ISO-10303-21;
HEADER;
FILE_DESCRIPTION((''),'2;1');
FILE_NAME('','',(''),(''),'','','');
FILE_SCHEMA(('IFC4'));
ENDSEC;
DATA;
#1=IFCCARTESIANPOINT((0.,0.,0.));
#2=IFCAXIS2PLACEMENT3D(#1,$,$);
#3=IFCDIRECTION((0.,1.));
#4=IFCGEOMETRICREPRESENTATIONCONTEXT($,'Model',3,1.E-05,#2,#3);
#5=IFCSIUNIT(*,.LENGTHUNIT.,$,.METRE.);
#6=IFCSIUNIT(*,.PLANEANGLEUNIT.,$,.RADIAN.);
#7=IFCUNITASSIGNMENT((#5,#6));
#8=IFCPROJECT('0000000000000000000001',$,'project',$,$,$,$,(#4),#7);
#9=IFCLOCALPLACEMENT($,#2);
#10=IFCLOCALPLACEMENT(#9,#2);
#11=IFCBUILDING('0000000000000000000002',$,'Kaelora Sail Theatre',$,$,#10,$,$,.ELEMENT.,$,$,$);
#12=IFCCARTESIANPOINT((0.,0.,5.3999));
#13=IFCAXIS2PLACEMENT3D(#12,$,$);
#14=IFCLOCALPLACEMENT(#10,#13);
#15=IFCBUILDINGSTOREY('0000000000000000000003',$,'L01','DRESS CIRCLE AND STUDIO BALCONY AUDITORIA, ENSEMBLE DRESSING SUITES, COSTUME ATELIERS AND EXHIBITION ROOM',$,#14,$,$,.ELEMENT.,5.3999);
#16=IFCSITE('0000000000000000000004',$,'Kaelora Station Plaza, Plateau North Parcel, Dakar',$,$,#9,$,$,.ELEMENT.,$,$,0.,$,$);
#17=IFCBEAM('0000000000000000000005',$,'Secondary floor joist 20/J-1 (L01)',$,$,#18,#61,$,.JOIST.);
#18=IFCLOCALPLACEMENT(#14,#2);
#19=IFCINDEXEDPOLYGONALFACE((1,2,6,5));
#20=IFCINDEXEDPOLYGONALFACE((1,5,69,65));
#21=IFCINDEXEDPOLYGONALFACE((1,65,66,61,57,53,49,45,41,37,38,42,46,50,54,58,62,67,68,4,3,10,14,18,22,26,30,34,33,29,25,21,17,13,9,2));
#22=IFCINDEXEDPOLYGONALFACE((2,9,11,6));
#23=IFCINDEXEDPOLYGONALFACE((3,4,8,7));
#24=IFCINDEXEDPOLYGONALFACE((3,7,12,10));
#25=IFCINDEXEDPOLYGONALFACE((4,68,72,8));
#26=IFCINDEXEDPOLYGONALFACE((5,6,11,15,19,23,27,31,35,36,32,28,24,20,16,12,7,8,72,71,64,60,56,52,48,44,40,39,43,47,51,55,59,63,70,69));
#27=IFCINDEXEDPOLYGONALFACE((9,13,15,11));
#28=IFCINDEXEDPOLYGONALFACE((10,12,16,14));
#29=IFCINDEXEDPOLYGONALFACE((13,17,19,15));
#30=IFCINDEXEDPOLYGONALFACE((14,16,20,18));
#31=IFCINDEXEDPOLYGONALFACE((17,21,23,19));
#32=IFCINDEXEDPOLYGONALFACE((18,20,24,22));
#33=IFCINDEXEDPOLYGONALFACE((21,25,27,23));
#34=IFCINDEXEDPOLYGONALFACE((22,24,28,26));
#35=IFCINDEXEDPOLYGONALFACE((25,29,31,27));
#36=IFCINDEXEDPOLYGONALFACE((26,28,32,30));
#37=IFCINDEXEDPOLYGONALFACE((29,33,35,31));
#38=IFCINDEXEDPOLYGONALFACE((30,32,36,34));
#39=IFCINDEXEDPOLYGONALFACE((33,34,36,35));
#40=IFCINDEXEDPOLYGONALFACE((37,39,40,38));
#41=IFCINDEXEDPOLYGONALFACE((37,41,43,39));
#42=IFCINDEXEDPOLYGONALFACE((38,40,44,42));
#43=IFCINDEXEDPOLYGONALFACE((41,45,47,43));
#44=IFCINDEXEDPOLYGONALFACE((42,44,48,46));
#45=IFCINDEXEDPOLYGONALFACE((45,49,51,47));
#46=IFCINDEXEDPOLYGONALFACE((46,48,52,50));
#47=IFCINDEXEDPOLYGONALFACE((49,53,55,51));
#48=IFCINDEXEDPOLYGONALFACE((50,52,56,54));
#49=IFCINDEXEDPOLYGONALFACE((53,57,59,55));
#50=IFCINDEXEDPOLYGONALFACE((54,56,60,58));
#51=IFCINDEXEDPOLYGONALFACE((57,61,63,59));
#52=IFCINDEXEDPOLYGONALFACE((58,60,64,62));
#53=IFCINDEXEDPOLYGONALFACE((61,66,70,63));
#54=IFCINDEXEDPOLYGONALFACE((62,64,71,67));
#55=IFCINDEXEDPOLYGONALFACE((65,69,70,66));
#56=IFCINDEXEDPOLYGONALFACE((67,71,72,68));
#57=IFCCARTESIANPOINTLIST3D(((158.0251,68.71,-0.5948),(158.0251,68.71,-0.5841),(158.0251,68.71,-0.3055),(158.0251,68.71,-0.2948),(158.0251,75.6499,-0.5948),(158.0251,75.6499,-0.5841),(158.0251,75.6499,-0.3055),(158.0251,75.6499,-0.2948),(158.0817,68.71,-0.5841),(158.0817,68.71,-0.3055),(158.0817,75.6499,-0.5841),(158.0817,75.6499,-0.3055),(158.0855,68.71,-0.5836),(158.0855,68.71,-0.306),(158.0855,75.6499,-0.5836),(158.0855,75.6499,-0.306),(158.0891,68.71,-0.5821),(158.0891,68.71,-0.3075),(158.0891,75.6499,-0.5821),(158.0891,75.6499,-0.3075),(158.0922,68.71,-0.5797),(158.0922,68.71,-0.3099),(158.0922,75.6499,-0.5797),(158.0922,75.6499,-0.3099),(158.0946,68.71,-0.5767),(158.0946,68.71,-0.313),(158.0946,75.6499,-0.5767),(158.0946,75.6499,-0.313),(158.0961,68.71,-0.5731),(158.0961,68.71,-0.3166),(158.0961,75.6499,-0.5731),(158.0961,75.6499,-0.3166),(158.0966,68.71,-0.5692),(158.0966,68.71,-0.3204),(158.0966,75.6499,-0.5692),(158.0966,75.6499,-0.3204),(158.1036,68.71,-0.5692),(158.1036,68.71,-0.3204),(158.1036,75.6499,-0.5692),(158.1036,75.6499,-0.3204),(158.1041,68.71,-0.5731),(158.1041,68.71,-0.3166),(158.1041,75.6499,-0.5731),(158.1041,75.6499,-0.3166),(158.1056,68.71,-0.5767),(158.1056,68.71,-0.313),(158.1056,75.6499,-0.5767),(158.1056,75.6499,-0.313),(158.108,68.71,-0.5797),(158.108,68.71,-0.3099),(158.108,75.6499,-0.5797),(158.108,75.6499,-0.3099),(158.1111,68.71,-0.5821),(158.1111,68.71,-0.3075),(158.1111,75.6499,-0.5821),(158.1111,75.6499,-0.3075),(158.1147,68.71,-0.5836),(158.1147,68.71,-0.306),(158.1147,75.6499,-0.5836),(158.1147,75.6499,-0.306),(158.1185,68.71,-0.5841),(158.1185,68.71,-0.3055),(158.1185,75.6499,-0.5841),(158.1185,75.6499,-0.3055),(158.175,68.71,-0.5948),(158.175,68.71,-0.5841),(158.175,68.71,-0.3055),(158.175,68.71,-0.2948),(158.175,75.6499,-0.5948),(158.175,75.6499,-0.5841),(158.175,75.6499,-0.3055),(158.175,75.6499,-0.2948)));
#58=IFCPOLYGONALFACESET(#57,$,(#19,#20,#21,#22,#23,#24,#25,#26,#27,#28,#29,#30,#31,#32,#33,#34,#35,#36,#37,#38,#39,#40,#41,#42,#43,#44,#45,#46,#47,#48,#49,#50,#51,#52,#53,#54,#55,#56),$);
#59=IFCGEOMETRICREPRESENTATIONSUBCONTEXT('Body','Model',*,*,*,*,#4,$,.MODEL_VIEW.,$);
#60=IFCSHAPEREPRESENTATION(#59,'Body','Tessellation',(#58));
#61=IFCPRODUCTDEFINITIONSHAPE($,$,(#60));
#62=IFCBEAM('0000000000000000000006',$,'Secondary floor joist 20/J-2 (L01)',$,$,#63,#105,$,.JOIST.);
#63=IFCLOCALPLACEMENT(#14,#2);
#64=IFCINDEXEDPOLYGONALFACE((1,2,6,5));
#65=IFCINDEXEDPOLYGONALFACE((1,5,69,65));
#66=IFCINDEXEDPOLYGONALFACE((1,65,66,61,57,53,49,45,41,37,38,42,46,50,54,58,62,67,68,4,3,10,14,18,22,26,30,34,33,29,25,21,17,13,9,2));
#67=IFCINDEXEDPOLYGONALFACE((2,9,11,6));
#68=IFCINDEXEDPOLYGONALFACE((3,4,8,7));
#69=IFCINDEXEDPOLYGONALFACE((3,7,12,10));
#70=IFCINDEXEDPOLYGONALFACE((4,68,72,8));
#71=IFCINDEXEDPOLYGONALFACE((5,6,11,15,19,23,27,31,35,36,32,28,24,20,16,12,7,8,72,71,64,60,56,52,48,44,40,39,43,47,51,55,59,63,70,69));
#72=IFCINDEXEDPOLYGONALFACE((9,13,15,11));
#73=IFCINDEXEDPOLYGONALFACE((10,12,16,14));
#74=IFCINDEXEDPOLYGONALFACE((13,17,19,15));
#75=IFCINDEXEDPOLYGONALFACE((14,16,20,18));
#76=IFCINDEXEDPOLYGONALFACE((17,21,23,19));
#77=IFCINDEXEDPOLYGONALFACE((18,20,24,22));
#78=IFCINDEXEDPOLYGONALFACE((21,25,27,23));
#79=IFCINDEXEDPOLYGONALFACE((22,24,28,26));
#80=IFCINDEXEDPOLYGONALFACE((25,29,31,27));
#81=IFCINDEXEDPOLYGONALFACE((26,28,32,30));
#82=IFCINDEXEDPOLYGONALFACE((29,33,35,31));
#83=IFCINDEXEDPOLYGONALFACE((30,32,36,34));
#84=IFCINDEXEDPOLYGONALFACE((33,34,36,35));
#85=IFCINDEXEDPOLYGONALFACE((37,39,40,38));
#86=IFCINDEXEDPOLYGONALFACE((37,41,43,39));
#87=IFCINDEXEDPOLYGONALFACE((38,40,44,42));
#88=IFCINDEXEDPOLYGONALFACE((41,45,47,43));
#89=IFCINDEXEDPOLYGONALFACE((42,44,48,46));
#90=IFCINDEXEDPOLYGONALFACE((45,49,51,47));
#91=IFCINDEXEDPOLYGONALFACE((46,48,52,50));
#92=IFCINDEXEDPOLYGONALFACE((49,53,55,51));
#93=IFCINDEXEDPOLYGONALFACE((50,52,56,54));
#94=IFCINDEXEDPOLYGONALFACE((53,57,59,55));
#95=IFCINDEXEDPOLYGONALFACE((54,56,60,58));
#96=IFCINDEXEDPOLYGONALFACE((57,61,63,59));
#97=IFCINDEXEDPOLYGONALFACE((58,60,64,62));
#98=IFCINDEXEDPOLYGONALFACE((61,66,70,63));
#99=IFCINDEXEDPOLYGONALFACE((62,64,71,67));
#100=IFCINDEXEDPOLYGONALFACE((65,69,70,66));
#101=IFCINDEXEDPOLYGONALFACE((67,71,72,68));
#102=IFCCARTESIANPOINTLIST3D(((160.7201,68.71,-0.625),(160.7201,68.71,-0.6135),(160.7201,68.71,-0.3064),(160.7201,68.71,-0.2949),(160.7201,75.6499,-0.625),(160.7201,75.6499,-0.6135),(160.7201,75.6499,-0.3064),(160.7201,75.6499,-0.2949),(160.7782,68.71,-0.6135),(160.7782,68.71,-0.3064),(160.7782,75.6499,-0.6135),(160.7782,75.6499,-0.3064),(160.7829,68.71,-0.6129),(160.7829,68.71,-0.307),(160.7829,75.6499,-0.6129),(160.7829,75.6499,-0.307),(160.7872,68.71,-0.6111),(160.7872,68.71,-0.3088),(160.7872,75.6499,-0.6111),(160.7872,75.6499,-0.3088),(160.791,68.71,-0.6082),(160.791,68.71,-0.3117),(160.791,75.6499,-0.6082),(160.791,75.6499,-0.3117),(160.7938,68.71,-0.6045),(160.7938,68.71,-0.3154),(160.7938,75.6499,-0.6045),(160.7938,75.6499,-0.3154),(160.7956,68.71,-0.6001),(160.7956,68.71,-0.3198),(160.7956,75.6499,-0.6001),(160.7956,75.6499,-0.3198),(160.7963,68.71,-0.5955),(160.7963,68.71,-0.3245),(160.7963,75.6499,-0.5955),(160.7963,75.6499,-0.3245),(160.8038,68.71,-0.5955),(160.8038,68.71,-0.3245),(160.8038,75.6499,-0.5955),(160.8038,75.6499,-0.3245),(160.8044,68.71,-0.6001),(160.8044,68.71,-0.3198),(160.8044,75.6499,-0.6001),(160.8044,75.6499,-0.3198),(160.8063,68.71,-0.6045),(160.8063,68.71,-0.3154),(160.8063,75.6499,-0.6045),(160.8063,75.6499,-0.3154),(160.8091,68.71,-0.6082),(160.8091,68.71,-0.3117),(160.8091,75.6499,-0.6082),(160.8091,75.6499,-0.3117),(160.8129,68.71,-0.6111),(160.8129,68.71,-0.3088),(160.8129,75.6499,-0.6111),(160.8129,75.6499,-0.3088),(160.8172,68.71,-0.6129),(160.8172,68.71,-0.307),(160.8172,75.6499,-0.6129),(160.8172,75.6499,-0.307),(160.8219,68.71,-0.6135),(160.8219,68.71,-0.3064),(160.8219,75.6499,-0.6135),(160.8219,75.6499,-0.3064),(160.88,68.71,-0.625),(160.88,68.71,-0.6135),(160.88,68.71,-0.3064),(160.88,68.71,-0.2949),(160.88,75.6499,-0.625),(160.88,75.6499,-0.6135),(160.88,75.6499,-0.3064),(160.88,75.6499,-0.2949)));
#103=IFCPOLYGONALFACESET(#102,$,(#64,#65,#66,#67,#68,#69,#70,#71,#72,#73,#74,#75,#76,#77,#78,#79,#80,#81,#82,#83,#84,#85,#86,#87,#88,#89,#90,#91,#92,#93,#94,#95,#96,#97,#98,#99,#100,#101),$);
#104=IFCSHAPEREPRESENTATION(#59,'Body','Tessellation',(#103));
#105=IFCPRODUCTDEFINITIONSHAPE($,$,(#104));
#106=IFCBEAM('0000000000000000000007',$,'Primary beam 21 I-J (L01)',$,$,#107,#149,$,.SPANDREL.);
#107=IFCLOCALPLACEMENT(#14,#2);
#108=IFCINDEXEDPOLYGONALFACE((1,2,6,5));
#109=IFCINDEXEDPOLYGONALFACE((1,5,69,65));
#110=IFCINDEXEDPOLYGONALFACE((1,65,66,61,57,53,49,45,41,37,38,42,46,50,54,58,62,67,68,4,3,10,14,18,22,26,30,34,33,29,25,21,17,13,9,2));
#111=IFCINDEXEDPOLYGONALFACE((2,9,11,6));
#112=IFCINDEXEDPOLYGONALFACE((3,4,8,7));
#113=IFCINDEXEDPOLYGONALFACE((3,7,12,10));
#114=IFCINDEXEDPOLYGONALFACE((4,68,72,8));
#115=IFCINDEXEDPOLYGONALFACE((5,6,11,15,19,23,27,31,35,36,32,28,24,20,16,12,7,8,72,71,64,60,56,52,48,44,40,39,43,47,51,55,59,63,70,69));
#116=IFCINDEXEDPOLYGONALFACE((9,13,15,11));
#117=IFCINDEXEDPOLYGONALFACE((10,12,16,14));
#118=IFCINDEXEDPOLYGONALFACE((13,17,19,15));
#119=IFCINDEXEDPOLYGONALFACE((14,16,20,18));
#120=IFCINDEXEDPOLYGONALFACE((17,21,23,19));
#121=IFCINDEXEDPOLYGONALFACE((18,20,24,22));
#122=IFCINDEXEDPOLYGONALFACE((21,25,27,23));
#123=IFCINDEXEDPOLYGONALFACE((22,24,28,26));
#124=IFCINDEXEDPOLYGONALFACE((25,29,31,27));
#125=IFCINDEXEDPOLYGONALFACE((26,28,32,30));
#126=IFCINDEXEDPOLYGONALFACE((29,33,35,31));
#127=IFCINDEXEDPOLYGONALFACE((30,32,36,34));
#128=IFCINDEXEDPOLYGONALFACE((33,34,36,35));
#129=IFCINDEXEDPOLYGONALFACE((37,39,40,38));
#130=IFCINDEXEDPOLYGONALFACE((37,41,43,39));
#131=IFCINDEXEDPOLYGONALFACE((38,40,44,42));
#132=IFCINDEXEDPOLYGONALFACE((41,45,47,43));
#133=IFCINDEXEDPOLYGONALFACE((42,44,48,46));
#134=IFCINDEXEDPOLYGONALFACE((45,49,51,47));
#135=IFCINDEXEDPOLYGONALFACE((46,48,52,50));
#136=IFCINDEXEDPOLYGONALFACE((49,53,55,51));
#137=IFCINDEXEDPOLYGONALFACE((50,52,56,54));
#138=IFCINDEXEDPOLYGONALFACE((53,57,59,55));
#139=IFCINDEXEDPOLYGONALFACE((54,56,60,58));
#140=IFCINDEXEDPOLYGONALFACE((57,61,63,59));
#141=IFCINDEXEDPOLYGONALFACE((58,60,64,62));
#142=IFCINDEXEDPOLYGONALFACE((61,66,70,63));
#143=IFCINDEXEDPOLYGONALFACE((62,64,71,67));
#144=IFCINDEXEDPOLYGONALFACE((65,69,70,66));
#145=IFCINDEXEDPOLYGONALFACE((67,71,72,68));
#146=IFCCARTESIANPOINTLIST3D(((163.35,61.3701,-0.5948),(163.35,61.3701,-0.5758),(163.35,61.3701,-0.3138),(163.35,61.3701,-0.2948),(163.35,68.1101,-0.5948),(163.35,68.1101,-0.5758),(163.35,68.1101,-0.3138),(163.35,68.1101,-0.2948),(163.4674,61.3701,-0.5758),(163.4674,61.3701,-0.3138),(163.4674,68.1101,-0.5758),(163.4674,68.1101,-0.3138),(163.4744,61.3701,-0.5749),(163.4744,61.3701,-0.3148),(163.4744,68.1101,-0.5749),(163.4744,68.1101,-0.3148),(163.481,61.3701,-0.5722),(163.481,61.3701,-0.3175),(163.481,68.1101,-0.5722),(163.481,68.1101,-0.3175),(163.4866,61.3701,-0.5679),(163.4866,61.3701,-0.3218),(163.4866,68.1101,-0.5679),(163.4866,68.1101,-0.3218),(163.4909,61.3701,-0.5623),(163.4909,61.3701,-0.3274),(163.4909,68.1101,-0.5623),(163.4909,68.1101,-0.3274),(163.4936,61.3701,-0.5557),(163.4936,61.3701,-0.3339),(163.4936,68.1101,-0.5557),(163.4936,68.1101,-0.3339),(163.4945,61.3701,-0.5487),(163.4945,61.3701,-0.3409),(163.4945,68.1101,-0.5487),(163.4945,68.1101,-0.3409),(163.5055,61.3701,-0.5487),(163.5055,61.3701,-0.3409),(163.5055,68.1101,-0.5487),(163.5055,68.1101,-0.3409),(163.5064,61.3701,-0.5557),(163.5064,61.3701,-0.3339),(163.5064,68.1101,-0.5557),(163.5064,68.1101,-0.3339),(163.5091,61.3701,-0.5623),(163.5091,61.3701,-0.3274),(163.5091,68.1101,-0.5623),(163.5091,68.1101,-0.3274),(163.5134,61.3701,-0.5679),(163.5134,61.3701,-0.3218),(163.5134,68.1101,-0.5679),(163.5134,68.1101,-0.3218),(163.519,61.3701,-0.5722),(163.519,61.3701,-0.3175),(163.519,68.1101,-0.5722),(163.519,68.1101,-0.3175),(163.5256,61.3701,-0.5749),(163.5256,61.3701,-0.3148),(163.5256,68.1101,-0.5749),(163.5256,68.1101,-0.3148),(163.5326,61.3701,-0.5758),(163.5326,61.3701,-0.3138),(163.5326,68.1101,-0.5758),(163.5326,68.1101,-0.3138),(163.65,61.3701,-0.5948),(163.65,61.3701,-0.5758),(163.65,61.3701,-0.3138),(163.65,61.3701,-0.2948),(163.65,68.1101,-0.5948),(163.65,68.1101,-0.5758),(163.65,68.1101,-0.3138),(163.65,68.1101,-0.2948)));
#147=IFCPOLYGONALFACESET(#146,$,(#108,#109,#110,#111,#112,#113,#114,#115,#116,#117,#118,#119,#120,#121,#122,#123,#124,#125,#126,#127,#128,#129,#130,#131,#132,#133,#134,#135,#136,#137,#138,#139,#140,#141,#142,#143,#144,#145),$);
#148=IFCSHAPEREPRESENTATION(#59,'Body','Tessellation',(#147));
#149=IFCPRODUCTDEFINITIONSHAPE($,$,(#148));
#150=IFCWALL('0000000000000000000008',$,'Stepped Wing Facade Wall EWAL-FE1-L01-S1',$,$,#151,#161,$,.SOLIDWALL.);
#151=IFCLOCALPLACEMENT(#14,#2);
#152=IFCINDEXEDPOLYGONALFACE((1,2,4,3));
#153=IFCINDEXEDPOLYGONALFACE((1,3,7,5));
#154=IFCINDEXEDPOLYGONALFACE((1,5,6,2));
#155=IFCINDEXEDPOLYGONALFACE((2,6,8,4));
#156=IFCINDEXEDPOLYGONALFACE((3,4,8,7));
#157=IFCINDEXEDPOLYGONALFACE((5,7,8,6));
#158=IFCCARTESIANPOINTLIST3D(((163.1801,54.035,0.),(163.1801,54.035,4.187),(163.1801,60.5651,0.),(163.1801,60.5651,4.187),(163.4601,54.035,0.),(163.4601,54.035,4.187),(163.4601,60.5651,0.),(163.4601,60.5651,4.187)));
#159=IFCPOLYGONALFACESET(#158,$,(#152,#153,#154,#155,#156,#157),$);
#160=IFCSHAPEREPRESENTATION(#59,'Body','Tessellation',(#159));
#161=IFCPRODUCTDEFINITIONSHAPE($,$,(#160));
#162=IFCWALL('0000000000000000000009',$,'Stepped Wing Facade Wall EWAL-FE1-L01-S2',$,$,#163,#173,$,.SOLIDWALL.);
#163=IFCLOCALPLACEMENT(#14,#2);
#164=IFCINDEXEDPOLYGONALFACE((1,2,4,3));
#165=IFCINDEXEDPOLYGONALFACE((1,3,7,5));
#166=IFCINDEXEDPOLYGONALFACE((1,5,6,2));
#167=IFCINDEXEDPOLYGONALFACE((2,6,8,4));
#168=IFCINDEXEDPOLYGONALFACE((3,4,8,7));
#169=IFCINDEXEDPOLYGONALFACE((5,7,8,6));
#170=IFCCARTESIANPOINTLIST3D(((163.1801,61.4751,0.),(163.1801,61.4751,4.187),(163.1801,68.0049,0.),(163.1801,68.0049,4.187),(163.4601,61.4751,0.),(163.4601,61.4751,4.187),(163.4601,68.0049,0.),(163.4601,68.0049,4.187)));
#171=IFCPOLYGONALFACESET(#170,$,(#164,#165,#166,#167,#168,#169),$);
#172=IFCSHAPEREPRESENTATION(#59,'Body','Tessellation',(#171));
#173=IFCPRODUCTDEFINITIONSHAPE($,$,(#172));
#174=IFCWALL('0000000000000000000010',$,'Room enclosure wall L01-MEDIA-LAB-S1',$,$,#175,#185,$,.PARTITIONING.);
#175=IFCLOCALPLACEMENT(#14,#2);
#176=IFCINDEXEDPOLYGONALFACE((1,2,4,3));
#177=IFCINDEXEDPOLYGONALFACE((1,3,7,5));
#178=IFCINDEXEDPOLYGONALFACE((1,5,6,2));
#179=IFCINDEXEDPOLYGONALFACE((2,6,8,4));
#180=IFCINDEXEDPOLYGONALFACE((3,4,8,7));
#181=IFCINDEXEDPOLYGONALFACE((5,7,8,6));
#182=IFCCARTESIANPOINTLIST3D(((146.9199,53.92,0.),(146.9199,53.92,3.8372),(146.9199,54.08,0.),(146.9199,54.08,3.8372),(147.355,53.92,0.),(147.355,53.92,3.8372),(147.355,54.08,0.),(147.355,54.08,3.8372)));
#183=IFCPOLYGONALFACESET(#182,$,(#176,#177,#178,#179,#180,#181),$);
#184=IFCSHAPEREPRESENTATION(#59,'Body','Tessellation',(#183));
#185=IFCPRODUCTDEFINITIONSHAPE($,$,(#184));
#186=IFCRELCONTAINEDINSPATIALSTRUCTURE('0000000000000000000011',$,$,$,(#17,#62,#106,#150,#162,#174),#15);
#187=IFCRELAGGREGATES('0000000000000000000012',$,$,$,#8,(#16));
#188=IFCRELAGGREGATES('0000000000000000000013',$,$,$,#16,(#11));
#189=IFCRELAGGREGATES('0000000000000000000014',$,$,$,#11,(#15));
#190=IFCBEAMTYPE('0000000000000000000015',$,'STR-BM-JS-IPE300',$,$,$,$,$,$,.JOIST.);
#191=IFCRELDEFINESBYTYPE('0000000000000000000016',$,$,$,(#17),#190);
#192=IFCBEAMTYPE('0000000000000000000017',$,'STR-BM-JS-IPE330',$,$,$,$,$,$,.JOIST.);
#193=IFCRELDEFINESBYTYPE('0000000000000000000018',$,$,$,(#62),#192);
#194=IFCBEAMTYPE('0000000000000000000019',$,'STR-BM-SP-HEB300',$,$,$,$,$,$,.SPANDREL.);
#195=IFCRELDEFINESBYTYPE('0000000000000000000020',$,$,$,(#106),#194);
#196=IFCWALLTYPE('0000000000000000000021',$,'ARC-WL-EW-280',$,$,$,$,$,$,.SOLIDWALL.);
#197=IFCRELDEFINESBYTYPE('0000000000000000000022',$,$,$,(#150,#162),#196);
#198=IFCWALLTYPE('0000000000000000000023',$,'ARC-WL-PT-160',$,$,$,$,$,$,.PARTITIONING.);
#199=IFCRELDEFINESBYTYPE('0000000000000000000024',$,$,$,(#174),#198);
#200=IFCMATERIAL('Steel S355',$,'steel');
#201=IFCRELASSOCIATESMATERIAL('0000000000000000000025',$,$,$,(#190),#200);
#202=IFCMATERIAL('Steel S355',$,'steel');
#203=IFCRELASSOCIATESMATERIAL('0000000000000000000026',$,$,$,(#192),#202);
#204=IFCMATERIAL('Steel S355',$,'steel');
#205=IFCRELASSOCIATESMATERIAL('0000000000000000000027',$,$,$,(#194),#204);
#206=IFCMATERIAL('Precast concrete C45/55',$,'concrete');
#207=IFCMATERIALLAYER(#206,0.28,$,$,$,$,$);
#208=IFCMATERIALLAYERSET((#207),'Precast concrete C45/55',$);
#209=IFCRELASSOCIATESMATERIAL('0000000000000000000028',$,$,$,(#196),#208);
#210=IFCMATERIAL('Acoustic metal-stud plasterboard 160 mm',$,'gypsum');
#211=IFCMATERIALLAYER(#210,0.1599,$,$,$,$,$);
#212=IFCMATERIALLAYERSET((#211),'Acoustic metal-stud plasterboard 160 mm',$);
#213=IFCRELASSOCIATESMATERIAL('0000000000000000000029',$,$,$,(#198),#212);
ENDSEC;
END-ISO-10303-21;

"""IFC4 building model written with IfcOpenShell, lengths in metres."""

from ifc_helpers import new_model, si_unit, direction, frame, frame_2d, origin, origin_2d, place, context, subcontext, project, spatial, rectangle, i_section, extrude, material, layer, layer_set, material_profile, profile_set, type_object, element, save


model = new_model("IFC4")

# Units and contexts
model_context = context("Model", 3, precision=1e-05, world=origin(), true_north=direction((0.0, 1.0)))
body_context = subcontext(model_context, "Body", "Model", "MODEL_VIEW")
ifc_project = project(units=[si_unit("LENGTHUNIT", "METRE"), si_unit("PLANEANGLEUNIT", "RADIAN")], contexts=[model_context])

# Site, building, storey
site_placement = place(None, origin())
site = spatial("IfcSite", under=ifc_project, at=site_placement, Name="Kaelora Station Plaza, Plateau North Parcel, Dakar", CompositionType="ELEMENT", RefElevation=0.0)
building_placement = place(site_placement, origin())
building = spatial("IfcBuilding", under=site, at=building_placement, Name="Kaelora Sail Theatre", CompositionType="ELEMENT")
storey_placement = place(building_placement, frame((0.0, 0.0, 5.3999)))
storey = spatial("IfcBuildingStorey", under=building, at=storey_placement, Name="L01", Description="DRESS CIRCLE AND STUDIO BALCONY AUDITORIA, ENSEMBLE DRESSING SUITES, COSTUME ATELIERS AND EXHIBITION ROOM", CompositionType="ELEMENT", Elevation=5.3999)

# Beams
ifc_material_1 = material(Name="Steel S355", Category="steel")
ifc_material_profile_1 = material_profile(ifc_material_1, i_section(OverallWidth=0.1499, OverallDepth=0.3, WebThickness=0.0071, FlangeThickness=0.0107, FilletRadius=0.0149, at=origin_2d()), Name="IPE 300")
ifc_profile_set_1 = profile_set([ifc_material_profile_1], Name="Steel S355")
beam_type_1 = type_object("IfcBeamType", Name="STR-BM-JS-IPE300", PredefinedType="JOIST", material=ifc_profile_set_1)
for number, where, z_axis, x_axis, name in (
    (1, (158.1001, 68.71, -0.4448), (0.0, 1.0, 0.0), (-1.0, 0.0, 0.0), "Secondary floor joist 20/J-1 (L01)"),
):
    element("IfcBeam", number, at=place(storey_placement, frame(where, z_axis=z_axis, x_axis=x_axis)), inside=storey, type_object=beam_type_1, Name=name, PredefinedType="JOIST", context=body_context, shape_type="SweptSolid", body=[
        extrude(i_section(OverallWidth=0.1499, OverallDepth=0.3, WebThickness=0.0071, FlangeThickness=0.0107, FilletRadius=0.0149, at=origin_2d()), origin(), (0.0, 0.0, 1.0), 6.9399),
    ])
ifc_material_2 = material(Name="Steel S355", Category="steel")
ifc_material_profile_2 = material_profile(ifc_material_2, i_section(OverallWidth=0.1599, OverallDepth=0.3301, WebThickness=0.0076, FlangeThickness=0.0115, FilletRadius=0.0181, at=origin_2d()), Name="IPE 330")
ifc_profile_set_2 = profile_set([ifc_material_profile_2], Name="Steel S355")
beam_type_2 = type_object("IfcBeamType", Name="STR-BM-JS-IPE330", PredefinedType="JOIST", material=ifc_profile_set_2)
beam_1_placement = place(storey_placement, frame((160.8, 68.71, -0.46), z_axis=(0.0, 1.0, 0.0), x_axis=(-1.0, 0.0, 0.0)))
element("IfcBeam", 2, at=beam_1_placement, inside=storey, type_object=beam_type_2, Name="Secondary floor joist 20/J-2 (L01)", PredefinedType="JOIST", context=body_context, shape_type="SweptSolid", body=[
    extrude(i_section(OverallWidth=0.1599, OverallDepth=0.3301, WebThickness=0.0076, FlangeThickness=0.0115, FilletRadius=0.0181, at=origin_2d()), origin(), (0.0, 0.0, 1.0), 6.9399),
])
ifc_material_3 = material(Name="Steel S355", Category="steel")
ifc_material_profile_3 = material_profile(ifc_material_3, i_section(OverallWidth=0.3, OverallDepth=0.3, WebThickness=0.011, FlangeThickness=0.019, FilletRadius=0.0271, at=origin_2d()), Name="HEB 300")
ifc_profile_set_3 = profile_set([ifc_material_profile_3], Name="Steel S355")
beam_type_3 = type_object("IfcBeamType", Name="STR-BM-SP-HEB300", PredefinedType="SPANDREL", material=ifc_profile_set_3)
beam_2_placement = place(storey_placement, frame((163.5, 61.3701, -0.4448), z_axis=(0.0, 1.0, 0.0), x_axis=(-1.0, 0.0, 0.0)))
element("IfcBeam", 3, at=beam_2_placement, inside=storey, type_object=beam_type_3, Name="Primary beam 21 I-J (L01)", PredefinedType="SPANDREL", context=body_context, shape_type="SweptSolid", body=[
    extrude(i_section(OverallWidth=0.3, OverallDepth=0.3, WebThickness=0.011, FlangeThickness=0.019, FilletRadius=0.0271, at=origin_2d()), origin(), (0.0, 0.0, 1.0), 6.74),
])

# Walls
ifc_material_4 = material(Name="Precast concrete C45/55", Category="concrete")
ifc_layer_1 = layer(ifc_material_4, 0.28)
ifc_layer_set_1 = layer_set([ifc_layer_1], Name="Precast concrete C45/55")
wall_type_1 = type_object("IfcWallType", Name="ARC-WL-EW-280", PredefinedType="SOLIDWALL", material=ifc_layer_set_1)
wall_1_placement = place(storey_placement, frame((163.3201, 54.0349, 0.0), z_axis=(0.0, 0.0, 1.0), x_axis=(0.0, 1.0, 0.0)))
element("IfcWall", 4, at=wall_1_placement, inside=storey, type_object=wall_type_1, Name="Stepped Wing Facade Wall EWAL-FE1-L01-S1", PredefinedType="SOLIDWALL", context=body_context, shape_type="SweptSolid", body=[
    extrude(rectangle(XDim=6.53, YDim=0.28, at=frame_2d((3.2651, 0.0))), origin(), (0.0, 0.0, 1.0), 4.187),
])
wall_2_placement = place(storey_placement, frame((163.3201, 61.4751, 0.0), z_axis=(0.0, 0.0, 1.0), x_axis=(0.0, 1.0, 0.0)))
element("IfcWall", 5, at=wall_2_placement, inside=storey, type_object=wall_type_1, Name="Stepped Wing Facade Wall EWAL-FE1-L01-S2", PredefinedType="SOLIDWALL", context=body_context, shape_type="SweptSolid", body=[
    extrude(rectangle(XDim=6.5298, YDim=0.28, at=frame_2d((3.2649, 0.0))), origin(), (0.0, 0.0, 1.0), 4.187),
])
ifc_material_5 = material(Name="Acoustic metal-stud plasterboard 160 mm", Category="gypsum")
ifc_layer_2 = layer(ifc_material_5, 0.1599)
ifc_layer_set_2 = layer_set([ifc_layer_2], Name="Acoustic metal-stud plasterboard 160 mm")
wall_type_2 = type_object("IfcWallType", Name="ARC-WL-PT-160", PredefinedType="PARTITIONING", material=ifc_layer_set_2)
wall_3_placement = place(storey_placement, frame((146.9199, 54.0, 0.0), z_axis=(0.0, 0.0, 1.0), x_axis=(1.0, 0.0, 0.0)))
element("IfcWall", 6, at=wall_3_placement, inside=storey, type_object=wall_type_2, Name="Room enclosure wall L01-MEDIA-LAB-S1", PredefinedType="PARTITIONING", context=body_context, shape_type="SweptSolid", body=[
    extrude(rectangle(XDim=0.4351, YDim=0.1599, at=frame_2d((0.2175, 0.0))), origin(), (0.0, 0.0, 1.0), 3.8372),
])

save(model, "model.ifc")
